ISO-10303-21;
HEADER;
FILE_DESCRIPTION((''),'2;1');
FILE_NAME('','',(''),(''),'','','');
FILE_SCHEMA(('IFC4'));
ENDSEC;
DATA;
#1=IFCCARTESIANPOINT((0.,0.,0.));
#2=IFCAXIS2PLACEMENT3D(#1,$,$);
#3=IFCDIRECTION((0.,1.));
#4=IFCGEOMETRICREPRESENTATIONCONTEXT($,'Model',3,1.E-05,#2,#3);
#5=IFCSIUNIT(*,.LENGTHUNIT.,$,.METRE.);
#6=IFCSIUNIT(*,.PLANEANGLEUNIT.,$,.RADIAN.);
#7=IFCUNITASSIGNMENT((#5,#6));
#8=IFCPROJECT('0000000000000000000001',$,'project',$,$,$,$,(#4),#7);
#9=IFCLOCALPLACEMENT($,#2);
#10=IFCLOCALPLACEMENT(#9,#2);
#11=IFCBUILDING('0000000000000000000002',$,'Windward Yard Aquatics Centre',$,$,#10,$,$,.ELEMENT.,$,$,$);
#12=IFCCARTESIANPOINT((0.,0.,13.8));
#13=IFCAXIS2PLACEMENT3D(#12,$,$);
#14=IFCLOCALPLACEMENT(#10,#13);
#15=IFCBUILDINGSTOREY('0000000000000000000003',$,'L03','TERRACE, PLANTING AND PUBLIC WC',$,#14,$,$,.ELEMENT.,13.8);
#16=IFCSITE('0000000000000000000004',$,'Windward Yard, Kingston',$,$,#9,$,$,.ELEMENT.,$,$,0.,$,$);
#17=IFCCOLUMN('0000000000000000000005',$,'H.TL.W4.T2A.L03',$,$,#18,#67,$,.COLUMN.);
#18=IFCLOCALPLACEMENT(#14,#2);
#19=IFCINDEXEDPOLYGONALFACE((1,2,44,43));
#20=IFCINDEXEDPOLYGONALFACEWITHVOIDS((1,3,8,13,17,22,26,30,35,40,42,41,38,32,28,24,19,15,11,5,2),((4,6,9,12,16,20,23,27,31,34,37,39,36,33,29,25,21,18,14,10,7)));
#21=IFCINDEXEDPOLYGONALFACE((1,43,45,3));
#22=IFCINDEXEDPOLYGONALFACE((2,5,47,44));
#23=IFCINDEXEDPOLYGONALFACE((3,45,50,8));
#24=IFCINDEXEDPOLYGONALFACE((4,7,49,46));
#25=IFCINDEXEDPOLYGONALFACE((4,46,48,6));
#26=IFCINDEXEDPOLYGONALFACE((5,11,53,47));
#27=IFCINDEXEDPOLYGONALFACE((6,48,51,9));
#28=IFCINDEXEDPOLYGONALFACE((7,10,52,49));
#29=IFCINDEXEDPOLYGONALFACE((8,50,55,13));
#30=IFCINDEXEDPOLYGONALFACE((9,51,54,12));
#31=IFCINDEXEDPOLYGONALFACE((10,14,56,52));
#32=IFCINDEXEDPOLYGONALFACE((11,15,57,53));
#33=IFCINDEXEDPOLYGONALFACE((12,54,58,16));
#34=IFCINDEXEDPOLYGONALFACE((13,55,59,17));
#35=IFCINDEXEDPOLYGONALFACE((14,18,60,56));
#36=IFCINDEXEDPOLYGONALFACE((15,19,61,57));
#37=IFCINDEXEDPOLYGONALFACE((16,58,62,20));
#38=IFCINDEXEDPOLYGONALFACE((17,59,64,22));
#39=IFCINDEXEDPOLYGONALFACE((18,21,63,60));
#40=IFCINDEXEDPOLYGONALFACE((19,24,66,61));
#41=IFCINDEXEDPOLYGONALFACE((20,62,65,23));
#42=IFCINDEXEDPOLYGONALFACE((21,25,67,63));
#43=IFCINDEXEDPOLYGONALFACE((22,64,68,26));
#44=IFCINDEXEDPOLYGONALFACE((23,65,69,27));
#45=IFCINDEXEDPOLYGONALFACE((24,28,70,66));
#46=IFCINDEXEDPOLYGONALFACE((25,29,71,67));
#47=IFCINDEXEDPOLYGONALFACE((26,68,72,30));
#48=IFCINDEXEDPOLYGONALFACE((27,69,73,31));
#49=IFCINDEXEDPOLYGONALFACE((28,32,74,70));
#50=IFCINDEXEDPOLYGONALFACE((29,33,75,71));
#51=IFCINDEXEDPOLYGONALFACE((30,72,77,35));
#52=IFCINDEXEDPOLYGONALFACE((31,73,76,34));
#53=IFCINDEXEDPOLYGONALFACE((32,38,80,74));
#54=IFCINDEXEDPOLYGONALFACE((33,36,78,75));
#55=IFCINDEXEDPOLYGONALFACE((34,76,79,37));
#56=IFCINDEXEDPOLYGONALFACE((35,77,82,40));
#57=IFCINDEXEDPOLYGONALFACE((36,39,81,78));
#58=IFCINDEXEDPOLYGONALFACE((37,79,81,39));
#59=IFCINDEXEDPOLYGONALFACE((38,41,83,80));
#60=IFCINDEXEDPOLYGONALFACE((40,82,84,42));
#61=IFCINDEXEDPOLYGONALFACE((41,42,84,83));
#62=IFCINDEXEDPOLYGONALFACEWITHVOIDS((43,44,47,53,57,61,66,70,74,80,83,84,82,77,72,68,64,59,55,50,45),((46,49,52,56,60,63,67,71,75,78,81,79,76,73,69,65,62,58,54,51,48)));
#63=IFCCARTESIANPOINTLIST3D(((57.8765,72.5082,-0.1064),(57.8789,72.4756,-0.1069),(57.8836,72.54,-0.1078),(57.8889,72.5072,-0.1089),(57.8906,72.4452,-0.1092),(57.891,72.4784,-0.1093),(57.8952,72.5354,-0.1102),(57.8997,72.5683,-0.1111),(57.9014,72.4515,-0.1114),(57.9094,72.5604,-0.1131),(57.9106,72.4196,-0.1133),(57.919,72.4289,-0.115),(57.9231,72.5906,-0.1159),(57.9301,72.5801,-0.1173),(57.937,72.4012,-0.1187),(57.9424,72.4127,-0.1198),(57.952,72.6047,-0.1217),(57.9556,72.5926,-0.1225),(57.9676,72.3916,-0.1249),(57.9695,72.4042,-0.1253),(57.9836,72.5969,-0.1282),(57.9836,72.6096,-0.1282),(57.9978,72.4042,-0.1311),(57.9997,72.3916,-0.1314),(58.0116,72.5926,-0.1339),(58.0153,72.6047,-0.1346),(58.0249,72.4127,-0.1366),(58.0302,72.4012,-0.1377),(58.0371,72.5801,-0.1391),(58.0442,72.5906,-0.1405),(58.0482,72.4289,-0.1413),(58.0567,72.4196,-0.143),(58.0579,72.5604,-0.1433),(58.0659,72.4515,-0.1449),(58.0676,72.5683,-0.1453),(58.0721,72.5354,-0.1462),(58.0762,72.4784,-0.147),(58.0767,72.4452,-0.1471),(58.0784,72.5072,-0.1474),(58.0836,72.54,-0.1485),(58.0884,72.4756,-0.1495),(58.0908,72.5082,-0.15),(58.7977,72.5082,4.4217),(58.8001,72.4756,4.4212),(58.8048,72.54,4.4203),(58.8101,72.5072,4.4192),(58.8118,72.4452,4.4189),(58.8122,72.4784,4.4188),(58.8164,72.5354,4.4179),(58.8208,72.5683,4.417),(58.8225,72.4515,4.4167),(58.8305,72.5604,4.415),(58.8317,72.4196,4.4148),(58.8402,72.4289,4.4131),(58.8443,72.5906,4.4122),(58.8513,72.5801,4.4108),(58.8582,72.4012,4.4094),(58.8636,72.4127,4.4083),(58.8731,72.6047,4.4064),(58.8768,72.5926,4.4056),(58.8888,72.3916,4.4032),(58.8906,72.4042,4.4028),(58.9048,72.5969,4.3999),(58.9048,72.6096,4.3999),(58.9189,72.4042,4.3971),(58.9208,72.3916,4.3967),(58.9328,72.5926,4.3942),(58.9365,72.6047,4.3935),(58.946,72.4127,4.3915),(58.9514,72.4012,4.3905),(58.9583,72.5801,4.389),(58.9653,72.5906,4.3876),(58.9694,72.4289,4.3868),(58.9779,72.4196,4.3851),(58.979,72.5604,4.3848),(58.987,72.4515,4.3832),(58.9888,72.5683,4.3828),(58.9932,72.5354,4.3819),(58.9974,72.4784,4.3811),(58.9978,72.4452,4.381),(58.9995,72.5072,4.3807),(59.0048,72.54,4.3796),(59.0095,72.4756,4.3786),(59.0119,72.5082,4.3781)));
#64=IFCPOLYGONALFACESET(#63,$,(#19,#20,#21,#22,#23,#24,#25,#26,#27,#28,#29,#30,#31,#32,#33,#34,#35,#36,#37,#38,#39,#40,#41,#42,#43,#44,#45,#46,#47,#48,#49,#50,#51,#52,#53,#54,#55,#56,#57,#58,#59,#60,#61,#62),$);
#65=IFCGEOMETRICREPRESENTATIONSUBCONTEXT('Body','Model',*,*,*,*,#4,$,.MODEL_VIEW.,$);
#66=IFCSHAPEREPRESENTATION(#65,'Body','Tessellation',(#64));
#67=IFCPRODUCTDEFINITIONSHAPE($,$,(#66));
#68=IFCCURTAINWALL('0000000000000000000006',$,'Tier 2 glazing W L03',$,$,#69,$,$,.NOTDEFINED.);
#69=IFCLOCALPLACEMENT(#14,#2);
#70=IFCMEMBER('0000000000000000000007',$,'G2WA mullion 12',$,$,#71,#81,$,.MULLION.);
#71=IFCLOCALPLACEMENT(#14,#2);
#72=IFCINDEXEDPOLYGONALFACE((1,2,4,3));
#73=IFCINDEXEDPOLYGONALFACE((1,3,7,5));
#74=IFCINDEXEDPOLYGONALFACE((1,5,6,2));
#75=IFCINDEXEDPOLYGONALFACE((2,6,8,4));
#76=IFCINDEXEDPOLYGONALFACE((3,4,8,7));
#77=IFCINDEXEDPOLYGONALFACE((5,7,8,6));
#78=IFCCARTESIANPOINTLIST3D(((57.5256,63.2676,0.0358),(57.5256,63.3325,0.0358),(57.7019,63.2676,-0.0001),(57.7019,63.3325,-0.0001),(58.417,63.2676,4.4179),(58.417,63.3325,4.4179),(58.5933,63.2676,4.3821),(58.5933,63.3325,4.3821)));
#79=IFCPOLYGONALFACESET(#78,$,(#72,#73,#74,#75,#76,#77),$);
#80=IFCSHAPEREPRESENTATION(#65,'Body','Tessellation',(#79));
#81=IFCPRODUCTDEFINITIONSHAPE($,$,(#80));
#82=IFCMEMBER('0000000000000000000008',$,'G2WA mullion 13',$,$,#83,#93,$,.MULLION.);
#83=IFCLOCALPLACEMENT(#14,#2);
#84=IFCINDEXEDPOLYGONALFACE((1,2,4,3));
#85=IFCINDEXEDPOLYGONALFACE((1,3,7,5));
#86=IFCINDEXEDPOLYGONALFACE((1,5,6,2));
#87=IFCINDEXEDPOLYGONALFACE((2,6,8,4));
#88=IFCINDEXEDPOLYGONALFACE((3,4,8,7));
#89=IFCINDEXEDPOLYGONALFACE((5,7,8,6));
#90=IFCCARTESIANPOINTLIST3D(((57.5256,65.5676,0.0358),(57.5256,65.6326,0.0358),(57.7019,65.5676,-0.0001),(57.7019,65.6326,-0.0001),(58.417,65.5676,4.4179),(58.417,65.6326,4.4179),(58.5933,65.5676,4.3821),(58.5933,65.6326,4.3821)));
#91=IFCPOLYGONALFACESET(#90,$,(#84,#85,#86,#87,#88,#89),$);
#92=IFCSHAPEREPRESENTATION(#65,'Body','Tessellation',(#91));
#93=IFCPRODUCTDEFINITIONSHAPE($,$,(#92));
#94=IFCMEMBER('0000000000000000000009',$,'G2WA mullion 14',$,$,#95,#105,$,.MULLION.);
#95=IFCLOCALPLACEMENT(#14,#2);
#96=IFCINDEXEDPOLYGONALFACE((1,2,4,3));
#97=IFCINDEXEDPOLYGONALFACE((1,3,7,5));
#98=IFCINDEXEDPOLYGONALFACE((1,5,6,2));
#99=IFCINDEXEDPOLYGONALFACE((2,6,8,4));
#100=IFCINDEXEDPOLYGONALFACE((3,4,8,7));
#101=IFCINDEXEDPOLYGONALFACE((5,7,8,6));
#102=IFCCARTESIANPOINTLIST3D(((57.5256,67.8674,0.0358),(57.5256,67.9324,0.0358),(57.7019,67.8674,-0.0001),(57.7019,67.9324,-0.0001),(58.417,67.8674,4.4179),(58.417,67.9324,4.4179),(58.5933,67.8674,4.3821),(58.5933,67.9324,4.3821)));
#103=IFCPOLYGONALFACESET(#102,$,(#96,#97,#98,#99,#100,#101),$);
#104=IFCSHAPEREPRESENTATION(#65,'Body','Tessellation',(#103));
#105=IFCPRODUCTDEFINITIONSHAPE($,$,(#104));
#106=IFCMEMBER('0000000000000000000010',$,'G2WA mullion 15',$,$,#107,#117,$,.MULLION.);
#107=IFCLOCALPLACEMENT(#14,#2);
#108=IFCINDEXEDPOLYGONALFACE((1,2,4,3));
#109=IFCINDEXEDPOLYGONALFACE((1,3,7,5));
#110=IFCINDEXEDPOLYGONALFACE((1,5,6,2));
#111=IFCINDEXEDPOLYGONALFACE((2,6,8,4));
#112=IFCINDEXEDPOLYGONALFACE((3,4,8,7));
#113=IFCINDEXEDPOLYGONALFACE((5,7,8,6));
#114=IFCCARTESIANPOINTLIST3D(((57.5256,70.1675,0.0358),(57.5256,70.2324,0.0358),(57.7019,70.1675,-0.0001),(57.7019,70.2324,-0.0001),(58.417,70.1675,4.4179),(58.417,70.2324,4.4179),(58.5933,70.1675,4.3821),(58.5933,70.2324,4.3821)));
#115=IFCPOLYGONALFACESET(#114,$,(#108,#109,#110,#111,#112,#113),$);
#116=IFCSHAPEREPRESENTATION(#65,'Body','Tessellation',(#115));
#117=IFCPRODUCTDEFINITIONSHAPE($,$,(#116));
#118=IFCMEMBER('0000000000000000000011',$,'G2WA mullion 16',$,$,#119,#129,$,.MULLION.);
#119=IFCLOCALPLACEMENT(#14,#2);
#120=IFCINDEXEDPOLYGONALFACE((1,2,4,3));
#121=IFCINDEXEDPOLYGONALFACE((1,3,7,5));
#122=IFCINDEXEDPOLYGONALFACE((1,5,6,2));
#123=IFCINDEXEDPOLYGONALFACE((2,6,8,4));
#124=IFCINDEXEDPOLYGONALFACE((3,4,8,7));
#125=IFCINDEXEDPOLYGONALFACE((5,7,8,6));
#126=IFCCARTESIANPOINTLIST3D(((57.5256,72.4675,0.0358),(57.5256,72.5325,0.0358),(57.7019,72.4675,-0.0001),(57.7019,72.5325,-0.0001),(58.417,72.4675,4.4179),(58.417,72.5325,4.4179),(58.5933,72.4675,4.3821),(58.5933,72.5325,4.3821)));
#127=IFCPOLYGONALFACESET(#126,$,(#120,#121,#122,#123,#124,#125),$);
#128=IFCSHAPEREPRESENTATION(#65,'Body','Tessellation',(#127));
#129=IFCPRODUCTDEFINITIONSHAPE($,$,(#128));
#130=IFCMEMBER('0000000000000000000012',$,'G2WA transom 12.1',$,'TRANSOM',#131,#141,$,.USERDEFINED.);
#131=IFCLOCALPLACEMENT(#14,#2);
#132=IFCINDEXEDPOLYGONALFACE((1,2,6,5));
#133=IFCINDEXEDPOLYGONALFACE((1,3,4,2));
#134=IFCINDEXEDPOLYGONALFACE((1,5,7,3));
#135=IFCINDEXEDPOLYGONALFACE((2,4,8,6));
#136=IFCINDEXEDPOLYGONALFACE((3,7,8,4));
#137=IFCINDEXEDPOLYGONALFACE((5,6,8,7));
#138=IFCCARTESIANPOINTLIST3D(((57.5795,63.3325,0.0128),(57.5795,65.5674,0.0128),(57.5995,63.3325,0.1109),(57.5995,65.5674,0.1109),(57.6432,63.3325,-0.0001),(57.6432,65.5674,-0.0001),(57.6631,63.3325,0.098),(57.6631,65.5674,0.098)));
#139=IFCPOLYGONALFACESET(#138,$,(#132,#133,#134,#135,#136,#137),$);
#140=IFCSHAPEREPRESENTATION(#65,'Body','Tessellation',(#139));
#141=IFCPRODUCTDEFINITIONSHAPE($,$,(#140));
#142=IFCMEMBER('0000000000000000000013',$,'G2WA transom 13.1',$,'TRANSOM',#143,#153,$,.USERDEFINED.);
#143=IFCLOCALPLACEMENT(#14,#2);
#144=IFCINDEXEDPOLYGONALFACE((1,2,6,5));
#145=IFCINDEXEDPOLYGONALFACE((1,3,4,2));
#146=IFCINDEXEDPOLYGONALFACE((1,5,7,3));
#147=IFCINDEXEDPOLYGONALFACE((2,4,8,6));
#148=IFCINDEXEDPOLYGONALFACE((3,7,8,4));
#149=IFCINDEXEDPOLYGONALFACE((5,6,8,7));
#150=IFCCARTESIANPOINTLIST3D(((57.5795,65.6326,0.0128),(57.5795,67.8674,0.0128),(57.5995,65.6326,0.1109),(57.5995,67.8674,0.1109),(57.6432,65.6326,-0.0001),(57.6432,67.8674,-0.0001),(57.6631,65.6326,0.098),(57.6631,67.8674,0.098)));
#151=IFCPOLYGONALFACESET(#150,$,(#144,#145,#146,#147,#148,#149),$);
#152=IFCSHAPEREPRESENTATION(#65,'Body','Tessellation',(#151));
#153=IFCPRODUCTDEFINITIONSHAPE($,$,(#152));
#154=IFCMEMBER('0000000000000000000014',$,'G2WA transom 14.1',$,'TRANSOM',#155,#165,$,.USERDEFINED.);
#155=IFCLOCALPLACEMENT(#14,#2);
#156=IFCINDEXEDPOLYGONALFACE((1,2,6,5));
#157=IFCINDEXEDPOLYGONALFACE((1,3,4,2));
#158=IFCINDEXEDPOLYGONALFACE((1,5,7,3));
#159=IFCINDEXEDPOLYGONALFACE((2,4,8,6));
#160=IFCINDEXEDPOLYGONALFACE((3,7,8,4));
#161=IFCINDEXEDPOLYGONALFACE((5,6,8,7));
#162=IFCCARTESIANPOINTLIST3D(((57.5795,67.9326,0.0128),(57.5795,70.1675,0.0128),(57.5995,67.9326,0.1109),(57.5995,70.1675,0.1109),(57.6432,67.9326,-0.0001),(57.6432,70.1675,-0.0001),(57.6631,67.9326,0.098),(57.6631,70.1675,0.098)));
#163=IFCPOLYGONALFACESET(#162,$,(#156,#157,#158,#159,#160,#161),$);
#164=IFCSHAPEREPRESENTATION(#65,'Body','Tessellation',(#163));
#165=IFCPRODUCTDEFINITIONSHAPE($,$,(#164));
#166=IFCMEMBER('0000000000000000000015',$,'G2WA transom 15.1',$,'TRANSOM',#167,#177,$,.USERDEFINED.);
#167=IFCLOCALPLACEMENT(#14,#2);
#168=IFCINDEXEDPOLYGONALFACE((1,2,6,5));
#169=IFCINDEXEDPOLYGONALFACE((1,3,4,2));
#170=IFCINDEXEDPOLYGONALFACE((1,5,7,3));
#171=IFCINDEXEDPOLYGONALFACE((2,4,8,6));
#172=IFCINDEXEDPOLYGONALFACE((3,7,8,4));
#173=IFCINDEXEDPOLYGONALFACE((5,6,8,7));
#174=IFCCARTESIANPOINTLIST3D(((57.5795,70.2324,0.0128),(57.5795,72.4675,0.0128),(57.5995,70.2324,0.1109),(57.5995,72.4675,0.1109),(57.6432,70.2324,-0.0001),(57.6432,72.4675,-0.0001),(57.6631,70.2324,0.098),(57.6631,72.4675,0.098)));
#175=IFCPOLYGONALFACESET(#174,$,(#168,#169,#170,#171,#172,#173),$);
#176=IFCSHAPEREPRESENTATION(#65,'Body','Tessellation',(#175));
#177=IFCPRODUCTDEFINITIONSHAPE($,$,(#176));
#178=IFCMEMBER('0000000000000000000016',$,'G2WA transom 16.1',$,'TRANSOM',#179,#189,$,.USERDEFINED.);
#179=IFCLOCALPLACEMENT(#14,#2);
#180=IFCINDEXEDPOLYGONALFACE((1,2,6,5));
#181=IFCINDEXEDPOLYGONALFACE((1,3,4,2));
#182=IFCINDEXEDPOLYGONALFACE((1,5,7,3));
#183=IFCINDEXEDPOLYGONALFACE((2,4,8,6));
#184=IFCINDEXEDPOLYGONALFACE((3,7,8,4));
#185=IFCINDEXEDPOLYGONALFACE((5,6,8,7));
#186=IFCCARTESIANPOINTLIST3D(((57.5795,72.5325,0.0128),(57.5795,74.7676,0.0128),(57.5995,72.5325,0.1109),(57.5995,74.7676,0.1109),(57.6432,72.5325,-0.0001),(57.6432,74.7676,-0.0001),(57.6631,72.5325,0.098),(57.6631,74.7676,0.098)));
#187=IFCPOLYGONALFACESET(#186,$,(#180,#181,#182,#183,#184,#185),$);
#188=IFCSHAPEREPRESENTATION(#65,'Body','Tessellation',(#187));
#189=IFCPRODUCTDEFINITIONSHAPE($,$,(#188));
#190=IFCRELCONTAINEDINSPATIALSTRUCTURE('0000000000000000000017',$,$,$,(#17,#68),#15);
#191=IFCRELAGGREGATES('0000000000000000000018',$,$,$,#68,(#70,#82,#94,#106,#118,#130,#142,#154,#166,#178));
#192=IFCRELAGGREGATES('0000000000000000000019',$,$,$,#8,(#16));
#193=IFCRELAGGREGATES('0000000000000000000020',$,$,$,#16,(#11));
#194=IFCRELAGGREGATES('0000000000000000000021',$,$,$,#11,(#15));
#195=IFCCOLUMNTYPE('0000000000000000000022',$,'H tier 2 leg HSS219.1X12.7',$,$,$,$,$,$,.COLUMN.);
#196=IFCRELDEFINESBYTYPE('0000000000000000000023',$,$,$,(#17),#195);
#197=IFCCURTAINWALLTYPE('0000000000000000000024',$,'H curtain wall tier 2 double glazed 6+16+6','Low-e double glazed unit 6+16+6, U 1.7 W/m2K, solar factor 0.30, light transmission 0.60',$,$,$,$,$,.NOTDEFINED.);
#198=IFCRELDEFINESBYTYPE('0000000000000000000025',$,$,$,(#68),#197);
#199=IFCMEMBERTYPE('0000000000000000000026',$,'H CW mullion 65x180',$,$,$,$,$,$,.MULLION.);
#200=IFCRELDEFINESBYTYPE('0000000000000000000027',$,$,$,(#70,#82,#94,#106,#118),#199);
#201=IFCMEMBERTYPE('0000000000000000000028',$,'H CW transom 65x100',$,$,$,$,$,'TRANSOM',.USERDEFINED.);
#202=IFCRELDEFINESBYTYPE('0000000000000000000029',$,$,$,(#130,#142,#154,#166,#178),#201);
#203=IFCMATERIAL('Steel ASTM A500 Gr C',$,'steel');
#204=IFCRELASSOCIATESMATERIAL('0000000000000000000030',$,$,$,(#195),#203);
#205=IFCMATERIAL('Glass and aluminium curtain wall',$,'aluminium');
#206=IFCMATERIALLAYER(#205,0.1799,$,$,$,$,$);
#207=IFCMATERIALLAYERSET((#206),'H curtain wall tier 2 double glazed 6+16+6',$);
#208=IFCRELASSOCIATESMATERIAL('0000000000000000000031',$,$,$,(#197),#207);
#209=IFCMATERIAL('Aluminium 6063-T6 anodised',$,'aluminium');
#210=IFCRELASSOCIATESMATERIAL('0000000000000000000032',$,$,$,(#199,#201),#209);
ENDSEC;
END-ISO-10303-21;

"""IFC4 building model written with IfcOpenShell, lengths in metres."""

from ifc_helpers import new_model, si_unit, direction, frame, origin, origin_2d, place, context, subcontext, project, spatial, rectangle, hollow_circle, extrude, material, layer, layer_set, material_profile, profile_set, type_object, element, aggregate, save


model = new_model("IFC4")

# Units and contexts
model_context = context("Model", 3, precision=1e-05, world=origin(), true_north=direction((0.0, 1.0)))
body_context = subcontext(model_context, "Body", "Model", "MODEL_VIEW")
ifc_project = project(units=[si_unit("LENGTHUNIT", "METRE"), si_unit("PLANEANGLEUNIT", "RADIAN")], contexts=[model_context])

# Site, building, storey
site_placement = place(None, origin())
site = spatial("IfcSite", under=ifc_project, at=site_placement, Name="Windward Yard, Kingston", CompositionType="ELEMENT", RefElevation=0.0)
building_placement = place(site_placement, origin())
building = spatial("IfcBuilding", under=site, at=building_placement, Name="Windward Yard Aquatics Centre", CompositionType="ELEMENT")
storey_placement = place(building_placement, frame((0.0, 0.0, 13.8)))
storey = spatial("IfcBuildingStorey", under=building, at=storey_placement, Name="L03", Description="TERRACE, PLANTING AND PUBLIC WC", CompositionType="ELEMENT", Elevation=13.8)

# Column
ifc_material_1 = material(Name="Steel ASTM A500 Gr C", Category="steel")
ifc_material_profile_1 = material_profile(ifc_material_1, hollow_circle(Radius=0.1096, WallThickness=0.0127, at=origin_2d()), Name="HSS219.1X12.7")
ifc_profile_set_1 = profile_set([ifc_material_profile_1], Name="Steel ASTM A500 Gr C")
column_type = type_object("IfcColumnType", Name="H tier 2 leg HSS219.1X12.7", PredefinedType="COLUMN", material=ifc_profile_set_1)
column_placement = place(storey_placement, frame((57.9836, 72.5, -0.1282), z_axis=(0.199346, 0.0, 0.979929), x_axis=(0.0, 1.0, 0.0)))
element("IfcColumn", 1, at=column_placement, inside=storey, type_object=column_type, Name="H.TL.W4.T2A.L03", PredefinedType="COLUMN", context=body_context, shape_type="SweptSolid", body=[
    extrude(hollow_circle(Radius=0.1096, WallThickness=0.0127, at=origin_2d()), origin(), (0.0, 0.0, 1.0), 4.6208),
])

# Curtain wall, members
ifc_material_2 = material(Name="Glass and aluminium curtain wall", Category="aluminium")
ifc_layer_1 = layer(ifc_material_2, 0.1799)
ifc_layer_set_1 = layer_set([ifc_layer_1], Name="H curtain wall tier 2 double glazed 6+16+6")
curtain_wall_type = type_object("IfcCurtainWallType", Name="H curtain wall tier 2 double glazed 6+16+6", Description="Low-e double glazed unit 6+16+6, U 1.7 W/m2K, solar factor 0.30, light transmission 0.60", PredefinedType="NOTDEFINED", material=ifc_layer_set_1)
curtain_wall_placement = place(storey_placement, origin())
curtain_wall = element("IfcCurtainWall", 2, at=curtain_wall_placement, inside=storey, type_object=curtain_wall_type, Name="Tier 2 glazing W L03", PredefinedType="NOTDEFINED")
ifc_material_3 = material(Name="Aluminium 6063-T6 anodised", Category="aluminium")
ifc_material_profile_2 = material_profile(ifc_material_3, rectangle(XDim=0.0649, YDim=0.1799, at=origin_2d()), Name="H CW mullion 65x180")
ifc_profile_set_2 = profile_set([ifc_material_profile_2], Name="Aluminium 6063-T6 anodised")
member_type_1 = type_object("IfcMemberType", Name="H CW mullion 65x180", PredefinedType="MULLION", material=ifc_profile_set_2)
member_1_placement = place(storey_placement, frame((57.6138, 63.3, 0.0178), z_axis=(0.199328, 0.0, 0.979933), x_axis=(0.0, 1.0, 0.0)))
member_1 = element("IfcMember", 3, at=member_1_placement, type_object=member_type_1, Name="G2WA mullion 12", PredefinedType="MULLION", context=body_context, shape_type="SweptSolid", body=[
    extrude(rectangle(XDim=0.0649, YDim=0.1799, at=origin_2d()), origin(), (0.0, 0.0, 1.0), 4.4719),
])
member_2_placement = place(storey_placement, frame((57.6138, 65.6001, 0.0178), z_axis=(0.199328, 0.0, 0.979933), x_axis=(0.0, 1.0, 0.0)))
member_2 = element("IfcMember", 4, at=member_2_placement, type_object=member_type_1, Name="G2WA mullion 13", PredefinedType="MULLION", context=body_context, shape_type="SweptSolid", body=[
    extrude(rectangle(XDim=0.0649, YDim=0.1799, at=origin_2d()), origin(), (0.0, 0.0, 1.0), 4.4719),
])
member_3_placement = place(storey_placement, frame((57.6138, 67.8999, 0.0178), z_axis=(0.199328, 0.0, 0.979933), x_axis=(0.0, 1.0, 0.0)))
member_3 = element("IfcMember", 5, at=member_3_placement, type_object=member_type_1, Name="G2WA mullion 14", PredefinedType="MULLION", context=body_context, shape_type="SweptSolid", body=[
    extrude(rectangle(XDim=0.0649, YDim=0.1799, at=origin_2d()), origin(), (0.0, 0.0, 1.0), 4.4719),
])
member_4_placement = place(storey_placement, frame((57.6138, 70.2, 0.0178), z_axis=(0.199328, 0.0, 0.979933), x_axis=(0.0, 1.0, 0.0)))
member_4 = element("IfcMember", 6, at=member_4_placement, type_object=member_type_1, Name="G2WA mullion 15", PredefinedType="MULLION", context=body_context, shape_type="SweptSolid", body=[
    extrude(rectangle(XDim=0.0649, YDim=0.1799, at=origin_2d()), origin(), (0.0, 0.0, 1.0), 4.4719),
])
member_5_placement = place(storey_placement, frame((57.6138, 72.5, 0.0178), z_axis=(0.199328, 0.0, 0.979933), x_axis=(0.0, 1.0, 0.0)))
member_5 = element("IfcMember", 7, at=member_5_placement, type_object=member_type_1, Name="G2WA mullion 16", PredefinedType="MULLION", context=body_context, shape_type="SweptSolid", body=[
    extrude(rectangle(XDim=0.0649, YDim=0.1799, at=origin_2d()), origin(), (0.0, 0.0, 1.0), 4.4719),
])
ifc_material_profile_3 = material_profile(ifc_material_3, rectangle(XDim=0.0649, YDim=0.1001, at=origin_2d()), Name="H CW transom 65x100")
ifc_profile_set_3 = profile_set([ifc_material_profile_3], Name="Aluminium 6063-T6 anodised")
member_type_2 = type_object("IfcMemberType", Name="H CW transom 65x100", ElementType="TRANSOM", PredefinedType="USERDEFINED", material=ifc_profile_set_3)
member_6_placement = place(storey_placement, frame((57.6213, 63.3325, 0.0554), z_axis=(0.0, 1.0, 0.0), x_axis=(-0.979925, 0.0, 0.199368)))
member_6 = element("IfcMember", 8, at=member_6_placement, type_object=member_type_2, Name="G2WA transom 12.1", ObjectType="TRANSOM", PredefinedType="USERDEFINED", context=body_context, shape_type="SweptSolid", body=[
    extrude(rectangle(XDim=0.0649, YDim=0.1001, at=origin_2d()), origin(), (0.0, 0.0, 1.0), 2.2349),
])
member_7_placement = place(storey_placement, frame((57.6213, 65.6326, 0.0554), z_axis=(0.0, 1.0, 0.0), x_axis=(-0.979925, 0.0, 0.199368)))
member_7 = element("IfcMember", 9, at=member_7_placement, type_object=member_type_2, Name="G2WA transom 13.1", ObjectType="TRANSOM", PredefinedType="USERDEFINED", context=body_context, shape_type="SweptSolid", body=[
    extrude(rectangle(XDim=0.0649, YDim=0.1001, at=origin_2d()), origin(), (0.0, 0.0, 1.0), 2.2349),
])
member_8_placement = place(storey_placement, frame((57.6213, 67.9326, 0.0554), z_axis=(0.0, 1.0, 0.0), x_axis=(-0.979925, 0.0, 0.199368)))
member_8 = element("IfcMember", 10, at=member_8_placement, type_object=member_type_2, Name="G2WA transom 14.1", ObjectType="TRANSOM", PredefinedType="USERDEFINED", context=body_context, shape_type="SweptSolid", body=[
    extrude(rectangle(XDim=0.0649, YDim=0.1001, at=origin_2d()), origin(), (0.0, 0.0, 1.0), 2.2349),
])
member_9_placement = place(storey_placement, frame((57.6213, 70.2324, 0.0554), z_axis=(0.0, 1.0, 0.0), x_axis=(-0.979925, 0.0, 0.199368)))
member_9 = element("IfcMember", 11, at=member_9_placement, type_object=member_type_2, Name="G2WA transom 15.1", ObjectType="TRANSOM", PredefinedType="USERDEFINED", context=body_context, shape_type="SweptSolid", body=[
    extrude(rectangle(XDim=0.0649, YDim=0.1001, at=origin_2d()), origin(), (0.0, 0.0, 1.0), 2.2351),
])
member_10_placement = place(storey_placement, frame((57.6213, 72.5325, 0.0554), z_axis=(0.0, 1.0, 0.0), x_axis=(-0.979925, 0.0, 0.199368)))
member_10 = element("IfcMember", 12, at=member_10_placement, type_object=member_type_2, Name="G2WA transom 16.1", ObjectType="TRANSOM", PredefinedType="USERDEFINED", context=body_context, shape_type="SweptSolid", body=[
    extrude(rectangle(XDim=0.0649, YDim=0.1001, at=origin_2d()), origin(), (0.0, 0.0, 1.0), 2.2351),
])

aggregate(curtain_wall, [member_1, member_2, member_3, member_4, member_5, member_6, member_7, member_8, member_9, member_10])

save(model, "model.ifc")
